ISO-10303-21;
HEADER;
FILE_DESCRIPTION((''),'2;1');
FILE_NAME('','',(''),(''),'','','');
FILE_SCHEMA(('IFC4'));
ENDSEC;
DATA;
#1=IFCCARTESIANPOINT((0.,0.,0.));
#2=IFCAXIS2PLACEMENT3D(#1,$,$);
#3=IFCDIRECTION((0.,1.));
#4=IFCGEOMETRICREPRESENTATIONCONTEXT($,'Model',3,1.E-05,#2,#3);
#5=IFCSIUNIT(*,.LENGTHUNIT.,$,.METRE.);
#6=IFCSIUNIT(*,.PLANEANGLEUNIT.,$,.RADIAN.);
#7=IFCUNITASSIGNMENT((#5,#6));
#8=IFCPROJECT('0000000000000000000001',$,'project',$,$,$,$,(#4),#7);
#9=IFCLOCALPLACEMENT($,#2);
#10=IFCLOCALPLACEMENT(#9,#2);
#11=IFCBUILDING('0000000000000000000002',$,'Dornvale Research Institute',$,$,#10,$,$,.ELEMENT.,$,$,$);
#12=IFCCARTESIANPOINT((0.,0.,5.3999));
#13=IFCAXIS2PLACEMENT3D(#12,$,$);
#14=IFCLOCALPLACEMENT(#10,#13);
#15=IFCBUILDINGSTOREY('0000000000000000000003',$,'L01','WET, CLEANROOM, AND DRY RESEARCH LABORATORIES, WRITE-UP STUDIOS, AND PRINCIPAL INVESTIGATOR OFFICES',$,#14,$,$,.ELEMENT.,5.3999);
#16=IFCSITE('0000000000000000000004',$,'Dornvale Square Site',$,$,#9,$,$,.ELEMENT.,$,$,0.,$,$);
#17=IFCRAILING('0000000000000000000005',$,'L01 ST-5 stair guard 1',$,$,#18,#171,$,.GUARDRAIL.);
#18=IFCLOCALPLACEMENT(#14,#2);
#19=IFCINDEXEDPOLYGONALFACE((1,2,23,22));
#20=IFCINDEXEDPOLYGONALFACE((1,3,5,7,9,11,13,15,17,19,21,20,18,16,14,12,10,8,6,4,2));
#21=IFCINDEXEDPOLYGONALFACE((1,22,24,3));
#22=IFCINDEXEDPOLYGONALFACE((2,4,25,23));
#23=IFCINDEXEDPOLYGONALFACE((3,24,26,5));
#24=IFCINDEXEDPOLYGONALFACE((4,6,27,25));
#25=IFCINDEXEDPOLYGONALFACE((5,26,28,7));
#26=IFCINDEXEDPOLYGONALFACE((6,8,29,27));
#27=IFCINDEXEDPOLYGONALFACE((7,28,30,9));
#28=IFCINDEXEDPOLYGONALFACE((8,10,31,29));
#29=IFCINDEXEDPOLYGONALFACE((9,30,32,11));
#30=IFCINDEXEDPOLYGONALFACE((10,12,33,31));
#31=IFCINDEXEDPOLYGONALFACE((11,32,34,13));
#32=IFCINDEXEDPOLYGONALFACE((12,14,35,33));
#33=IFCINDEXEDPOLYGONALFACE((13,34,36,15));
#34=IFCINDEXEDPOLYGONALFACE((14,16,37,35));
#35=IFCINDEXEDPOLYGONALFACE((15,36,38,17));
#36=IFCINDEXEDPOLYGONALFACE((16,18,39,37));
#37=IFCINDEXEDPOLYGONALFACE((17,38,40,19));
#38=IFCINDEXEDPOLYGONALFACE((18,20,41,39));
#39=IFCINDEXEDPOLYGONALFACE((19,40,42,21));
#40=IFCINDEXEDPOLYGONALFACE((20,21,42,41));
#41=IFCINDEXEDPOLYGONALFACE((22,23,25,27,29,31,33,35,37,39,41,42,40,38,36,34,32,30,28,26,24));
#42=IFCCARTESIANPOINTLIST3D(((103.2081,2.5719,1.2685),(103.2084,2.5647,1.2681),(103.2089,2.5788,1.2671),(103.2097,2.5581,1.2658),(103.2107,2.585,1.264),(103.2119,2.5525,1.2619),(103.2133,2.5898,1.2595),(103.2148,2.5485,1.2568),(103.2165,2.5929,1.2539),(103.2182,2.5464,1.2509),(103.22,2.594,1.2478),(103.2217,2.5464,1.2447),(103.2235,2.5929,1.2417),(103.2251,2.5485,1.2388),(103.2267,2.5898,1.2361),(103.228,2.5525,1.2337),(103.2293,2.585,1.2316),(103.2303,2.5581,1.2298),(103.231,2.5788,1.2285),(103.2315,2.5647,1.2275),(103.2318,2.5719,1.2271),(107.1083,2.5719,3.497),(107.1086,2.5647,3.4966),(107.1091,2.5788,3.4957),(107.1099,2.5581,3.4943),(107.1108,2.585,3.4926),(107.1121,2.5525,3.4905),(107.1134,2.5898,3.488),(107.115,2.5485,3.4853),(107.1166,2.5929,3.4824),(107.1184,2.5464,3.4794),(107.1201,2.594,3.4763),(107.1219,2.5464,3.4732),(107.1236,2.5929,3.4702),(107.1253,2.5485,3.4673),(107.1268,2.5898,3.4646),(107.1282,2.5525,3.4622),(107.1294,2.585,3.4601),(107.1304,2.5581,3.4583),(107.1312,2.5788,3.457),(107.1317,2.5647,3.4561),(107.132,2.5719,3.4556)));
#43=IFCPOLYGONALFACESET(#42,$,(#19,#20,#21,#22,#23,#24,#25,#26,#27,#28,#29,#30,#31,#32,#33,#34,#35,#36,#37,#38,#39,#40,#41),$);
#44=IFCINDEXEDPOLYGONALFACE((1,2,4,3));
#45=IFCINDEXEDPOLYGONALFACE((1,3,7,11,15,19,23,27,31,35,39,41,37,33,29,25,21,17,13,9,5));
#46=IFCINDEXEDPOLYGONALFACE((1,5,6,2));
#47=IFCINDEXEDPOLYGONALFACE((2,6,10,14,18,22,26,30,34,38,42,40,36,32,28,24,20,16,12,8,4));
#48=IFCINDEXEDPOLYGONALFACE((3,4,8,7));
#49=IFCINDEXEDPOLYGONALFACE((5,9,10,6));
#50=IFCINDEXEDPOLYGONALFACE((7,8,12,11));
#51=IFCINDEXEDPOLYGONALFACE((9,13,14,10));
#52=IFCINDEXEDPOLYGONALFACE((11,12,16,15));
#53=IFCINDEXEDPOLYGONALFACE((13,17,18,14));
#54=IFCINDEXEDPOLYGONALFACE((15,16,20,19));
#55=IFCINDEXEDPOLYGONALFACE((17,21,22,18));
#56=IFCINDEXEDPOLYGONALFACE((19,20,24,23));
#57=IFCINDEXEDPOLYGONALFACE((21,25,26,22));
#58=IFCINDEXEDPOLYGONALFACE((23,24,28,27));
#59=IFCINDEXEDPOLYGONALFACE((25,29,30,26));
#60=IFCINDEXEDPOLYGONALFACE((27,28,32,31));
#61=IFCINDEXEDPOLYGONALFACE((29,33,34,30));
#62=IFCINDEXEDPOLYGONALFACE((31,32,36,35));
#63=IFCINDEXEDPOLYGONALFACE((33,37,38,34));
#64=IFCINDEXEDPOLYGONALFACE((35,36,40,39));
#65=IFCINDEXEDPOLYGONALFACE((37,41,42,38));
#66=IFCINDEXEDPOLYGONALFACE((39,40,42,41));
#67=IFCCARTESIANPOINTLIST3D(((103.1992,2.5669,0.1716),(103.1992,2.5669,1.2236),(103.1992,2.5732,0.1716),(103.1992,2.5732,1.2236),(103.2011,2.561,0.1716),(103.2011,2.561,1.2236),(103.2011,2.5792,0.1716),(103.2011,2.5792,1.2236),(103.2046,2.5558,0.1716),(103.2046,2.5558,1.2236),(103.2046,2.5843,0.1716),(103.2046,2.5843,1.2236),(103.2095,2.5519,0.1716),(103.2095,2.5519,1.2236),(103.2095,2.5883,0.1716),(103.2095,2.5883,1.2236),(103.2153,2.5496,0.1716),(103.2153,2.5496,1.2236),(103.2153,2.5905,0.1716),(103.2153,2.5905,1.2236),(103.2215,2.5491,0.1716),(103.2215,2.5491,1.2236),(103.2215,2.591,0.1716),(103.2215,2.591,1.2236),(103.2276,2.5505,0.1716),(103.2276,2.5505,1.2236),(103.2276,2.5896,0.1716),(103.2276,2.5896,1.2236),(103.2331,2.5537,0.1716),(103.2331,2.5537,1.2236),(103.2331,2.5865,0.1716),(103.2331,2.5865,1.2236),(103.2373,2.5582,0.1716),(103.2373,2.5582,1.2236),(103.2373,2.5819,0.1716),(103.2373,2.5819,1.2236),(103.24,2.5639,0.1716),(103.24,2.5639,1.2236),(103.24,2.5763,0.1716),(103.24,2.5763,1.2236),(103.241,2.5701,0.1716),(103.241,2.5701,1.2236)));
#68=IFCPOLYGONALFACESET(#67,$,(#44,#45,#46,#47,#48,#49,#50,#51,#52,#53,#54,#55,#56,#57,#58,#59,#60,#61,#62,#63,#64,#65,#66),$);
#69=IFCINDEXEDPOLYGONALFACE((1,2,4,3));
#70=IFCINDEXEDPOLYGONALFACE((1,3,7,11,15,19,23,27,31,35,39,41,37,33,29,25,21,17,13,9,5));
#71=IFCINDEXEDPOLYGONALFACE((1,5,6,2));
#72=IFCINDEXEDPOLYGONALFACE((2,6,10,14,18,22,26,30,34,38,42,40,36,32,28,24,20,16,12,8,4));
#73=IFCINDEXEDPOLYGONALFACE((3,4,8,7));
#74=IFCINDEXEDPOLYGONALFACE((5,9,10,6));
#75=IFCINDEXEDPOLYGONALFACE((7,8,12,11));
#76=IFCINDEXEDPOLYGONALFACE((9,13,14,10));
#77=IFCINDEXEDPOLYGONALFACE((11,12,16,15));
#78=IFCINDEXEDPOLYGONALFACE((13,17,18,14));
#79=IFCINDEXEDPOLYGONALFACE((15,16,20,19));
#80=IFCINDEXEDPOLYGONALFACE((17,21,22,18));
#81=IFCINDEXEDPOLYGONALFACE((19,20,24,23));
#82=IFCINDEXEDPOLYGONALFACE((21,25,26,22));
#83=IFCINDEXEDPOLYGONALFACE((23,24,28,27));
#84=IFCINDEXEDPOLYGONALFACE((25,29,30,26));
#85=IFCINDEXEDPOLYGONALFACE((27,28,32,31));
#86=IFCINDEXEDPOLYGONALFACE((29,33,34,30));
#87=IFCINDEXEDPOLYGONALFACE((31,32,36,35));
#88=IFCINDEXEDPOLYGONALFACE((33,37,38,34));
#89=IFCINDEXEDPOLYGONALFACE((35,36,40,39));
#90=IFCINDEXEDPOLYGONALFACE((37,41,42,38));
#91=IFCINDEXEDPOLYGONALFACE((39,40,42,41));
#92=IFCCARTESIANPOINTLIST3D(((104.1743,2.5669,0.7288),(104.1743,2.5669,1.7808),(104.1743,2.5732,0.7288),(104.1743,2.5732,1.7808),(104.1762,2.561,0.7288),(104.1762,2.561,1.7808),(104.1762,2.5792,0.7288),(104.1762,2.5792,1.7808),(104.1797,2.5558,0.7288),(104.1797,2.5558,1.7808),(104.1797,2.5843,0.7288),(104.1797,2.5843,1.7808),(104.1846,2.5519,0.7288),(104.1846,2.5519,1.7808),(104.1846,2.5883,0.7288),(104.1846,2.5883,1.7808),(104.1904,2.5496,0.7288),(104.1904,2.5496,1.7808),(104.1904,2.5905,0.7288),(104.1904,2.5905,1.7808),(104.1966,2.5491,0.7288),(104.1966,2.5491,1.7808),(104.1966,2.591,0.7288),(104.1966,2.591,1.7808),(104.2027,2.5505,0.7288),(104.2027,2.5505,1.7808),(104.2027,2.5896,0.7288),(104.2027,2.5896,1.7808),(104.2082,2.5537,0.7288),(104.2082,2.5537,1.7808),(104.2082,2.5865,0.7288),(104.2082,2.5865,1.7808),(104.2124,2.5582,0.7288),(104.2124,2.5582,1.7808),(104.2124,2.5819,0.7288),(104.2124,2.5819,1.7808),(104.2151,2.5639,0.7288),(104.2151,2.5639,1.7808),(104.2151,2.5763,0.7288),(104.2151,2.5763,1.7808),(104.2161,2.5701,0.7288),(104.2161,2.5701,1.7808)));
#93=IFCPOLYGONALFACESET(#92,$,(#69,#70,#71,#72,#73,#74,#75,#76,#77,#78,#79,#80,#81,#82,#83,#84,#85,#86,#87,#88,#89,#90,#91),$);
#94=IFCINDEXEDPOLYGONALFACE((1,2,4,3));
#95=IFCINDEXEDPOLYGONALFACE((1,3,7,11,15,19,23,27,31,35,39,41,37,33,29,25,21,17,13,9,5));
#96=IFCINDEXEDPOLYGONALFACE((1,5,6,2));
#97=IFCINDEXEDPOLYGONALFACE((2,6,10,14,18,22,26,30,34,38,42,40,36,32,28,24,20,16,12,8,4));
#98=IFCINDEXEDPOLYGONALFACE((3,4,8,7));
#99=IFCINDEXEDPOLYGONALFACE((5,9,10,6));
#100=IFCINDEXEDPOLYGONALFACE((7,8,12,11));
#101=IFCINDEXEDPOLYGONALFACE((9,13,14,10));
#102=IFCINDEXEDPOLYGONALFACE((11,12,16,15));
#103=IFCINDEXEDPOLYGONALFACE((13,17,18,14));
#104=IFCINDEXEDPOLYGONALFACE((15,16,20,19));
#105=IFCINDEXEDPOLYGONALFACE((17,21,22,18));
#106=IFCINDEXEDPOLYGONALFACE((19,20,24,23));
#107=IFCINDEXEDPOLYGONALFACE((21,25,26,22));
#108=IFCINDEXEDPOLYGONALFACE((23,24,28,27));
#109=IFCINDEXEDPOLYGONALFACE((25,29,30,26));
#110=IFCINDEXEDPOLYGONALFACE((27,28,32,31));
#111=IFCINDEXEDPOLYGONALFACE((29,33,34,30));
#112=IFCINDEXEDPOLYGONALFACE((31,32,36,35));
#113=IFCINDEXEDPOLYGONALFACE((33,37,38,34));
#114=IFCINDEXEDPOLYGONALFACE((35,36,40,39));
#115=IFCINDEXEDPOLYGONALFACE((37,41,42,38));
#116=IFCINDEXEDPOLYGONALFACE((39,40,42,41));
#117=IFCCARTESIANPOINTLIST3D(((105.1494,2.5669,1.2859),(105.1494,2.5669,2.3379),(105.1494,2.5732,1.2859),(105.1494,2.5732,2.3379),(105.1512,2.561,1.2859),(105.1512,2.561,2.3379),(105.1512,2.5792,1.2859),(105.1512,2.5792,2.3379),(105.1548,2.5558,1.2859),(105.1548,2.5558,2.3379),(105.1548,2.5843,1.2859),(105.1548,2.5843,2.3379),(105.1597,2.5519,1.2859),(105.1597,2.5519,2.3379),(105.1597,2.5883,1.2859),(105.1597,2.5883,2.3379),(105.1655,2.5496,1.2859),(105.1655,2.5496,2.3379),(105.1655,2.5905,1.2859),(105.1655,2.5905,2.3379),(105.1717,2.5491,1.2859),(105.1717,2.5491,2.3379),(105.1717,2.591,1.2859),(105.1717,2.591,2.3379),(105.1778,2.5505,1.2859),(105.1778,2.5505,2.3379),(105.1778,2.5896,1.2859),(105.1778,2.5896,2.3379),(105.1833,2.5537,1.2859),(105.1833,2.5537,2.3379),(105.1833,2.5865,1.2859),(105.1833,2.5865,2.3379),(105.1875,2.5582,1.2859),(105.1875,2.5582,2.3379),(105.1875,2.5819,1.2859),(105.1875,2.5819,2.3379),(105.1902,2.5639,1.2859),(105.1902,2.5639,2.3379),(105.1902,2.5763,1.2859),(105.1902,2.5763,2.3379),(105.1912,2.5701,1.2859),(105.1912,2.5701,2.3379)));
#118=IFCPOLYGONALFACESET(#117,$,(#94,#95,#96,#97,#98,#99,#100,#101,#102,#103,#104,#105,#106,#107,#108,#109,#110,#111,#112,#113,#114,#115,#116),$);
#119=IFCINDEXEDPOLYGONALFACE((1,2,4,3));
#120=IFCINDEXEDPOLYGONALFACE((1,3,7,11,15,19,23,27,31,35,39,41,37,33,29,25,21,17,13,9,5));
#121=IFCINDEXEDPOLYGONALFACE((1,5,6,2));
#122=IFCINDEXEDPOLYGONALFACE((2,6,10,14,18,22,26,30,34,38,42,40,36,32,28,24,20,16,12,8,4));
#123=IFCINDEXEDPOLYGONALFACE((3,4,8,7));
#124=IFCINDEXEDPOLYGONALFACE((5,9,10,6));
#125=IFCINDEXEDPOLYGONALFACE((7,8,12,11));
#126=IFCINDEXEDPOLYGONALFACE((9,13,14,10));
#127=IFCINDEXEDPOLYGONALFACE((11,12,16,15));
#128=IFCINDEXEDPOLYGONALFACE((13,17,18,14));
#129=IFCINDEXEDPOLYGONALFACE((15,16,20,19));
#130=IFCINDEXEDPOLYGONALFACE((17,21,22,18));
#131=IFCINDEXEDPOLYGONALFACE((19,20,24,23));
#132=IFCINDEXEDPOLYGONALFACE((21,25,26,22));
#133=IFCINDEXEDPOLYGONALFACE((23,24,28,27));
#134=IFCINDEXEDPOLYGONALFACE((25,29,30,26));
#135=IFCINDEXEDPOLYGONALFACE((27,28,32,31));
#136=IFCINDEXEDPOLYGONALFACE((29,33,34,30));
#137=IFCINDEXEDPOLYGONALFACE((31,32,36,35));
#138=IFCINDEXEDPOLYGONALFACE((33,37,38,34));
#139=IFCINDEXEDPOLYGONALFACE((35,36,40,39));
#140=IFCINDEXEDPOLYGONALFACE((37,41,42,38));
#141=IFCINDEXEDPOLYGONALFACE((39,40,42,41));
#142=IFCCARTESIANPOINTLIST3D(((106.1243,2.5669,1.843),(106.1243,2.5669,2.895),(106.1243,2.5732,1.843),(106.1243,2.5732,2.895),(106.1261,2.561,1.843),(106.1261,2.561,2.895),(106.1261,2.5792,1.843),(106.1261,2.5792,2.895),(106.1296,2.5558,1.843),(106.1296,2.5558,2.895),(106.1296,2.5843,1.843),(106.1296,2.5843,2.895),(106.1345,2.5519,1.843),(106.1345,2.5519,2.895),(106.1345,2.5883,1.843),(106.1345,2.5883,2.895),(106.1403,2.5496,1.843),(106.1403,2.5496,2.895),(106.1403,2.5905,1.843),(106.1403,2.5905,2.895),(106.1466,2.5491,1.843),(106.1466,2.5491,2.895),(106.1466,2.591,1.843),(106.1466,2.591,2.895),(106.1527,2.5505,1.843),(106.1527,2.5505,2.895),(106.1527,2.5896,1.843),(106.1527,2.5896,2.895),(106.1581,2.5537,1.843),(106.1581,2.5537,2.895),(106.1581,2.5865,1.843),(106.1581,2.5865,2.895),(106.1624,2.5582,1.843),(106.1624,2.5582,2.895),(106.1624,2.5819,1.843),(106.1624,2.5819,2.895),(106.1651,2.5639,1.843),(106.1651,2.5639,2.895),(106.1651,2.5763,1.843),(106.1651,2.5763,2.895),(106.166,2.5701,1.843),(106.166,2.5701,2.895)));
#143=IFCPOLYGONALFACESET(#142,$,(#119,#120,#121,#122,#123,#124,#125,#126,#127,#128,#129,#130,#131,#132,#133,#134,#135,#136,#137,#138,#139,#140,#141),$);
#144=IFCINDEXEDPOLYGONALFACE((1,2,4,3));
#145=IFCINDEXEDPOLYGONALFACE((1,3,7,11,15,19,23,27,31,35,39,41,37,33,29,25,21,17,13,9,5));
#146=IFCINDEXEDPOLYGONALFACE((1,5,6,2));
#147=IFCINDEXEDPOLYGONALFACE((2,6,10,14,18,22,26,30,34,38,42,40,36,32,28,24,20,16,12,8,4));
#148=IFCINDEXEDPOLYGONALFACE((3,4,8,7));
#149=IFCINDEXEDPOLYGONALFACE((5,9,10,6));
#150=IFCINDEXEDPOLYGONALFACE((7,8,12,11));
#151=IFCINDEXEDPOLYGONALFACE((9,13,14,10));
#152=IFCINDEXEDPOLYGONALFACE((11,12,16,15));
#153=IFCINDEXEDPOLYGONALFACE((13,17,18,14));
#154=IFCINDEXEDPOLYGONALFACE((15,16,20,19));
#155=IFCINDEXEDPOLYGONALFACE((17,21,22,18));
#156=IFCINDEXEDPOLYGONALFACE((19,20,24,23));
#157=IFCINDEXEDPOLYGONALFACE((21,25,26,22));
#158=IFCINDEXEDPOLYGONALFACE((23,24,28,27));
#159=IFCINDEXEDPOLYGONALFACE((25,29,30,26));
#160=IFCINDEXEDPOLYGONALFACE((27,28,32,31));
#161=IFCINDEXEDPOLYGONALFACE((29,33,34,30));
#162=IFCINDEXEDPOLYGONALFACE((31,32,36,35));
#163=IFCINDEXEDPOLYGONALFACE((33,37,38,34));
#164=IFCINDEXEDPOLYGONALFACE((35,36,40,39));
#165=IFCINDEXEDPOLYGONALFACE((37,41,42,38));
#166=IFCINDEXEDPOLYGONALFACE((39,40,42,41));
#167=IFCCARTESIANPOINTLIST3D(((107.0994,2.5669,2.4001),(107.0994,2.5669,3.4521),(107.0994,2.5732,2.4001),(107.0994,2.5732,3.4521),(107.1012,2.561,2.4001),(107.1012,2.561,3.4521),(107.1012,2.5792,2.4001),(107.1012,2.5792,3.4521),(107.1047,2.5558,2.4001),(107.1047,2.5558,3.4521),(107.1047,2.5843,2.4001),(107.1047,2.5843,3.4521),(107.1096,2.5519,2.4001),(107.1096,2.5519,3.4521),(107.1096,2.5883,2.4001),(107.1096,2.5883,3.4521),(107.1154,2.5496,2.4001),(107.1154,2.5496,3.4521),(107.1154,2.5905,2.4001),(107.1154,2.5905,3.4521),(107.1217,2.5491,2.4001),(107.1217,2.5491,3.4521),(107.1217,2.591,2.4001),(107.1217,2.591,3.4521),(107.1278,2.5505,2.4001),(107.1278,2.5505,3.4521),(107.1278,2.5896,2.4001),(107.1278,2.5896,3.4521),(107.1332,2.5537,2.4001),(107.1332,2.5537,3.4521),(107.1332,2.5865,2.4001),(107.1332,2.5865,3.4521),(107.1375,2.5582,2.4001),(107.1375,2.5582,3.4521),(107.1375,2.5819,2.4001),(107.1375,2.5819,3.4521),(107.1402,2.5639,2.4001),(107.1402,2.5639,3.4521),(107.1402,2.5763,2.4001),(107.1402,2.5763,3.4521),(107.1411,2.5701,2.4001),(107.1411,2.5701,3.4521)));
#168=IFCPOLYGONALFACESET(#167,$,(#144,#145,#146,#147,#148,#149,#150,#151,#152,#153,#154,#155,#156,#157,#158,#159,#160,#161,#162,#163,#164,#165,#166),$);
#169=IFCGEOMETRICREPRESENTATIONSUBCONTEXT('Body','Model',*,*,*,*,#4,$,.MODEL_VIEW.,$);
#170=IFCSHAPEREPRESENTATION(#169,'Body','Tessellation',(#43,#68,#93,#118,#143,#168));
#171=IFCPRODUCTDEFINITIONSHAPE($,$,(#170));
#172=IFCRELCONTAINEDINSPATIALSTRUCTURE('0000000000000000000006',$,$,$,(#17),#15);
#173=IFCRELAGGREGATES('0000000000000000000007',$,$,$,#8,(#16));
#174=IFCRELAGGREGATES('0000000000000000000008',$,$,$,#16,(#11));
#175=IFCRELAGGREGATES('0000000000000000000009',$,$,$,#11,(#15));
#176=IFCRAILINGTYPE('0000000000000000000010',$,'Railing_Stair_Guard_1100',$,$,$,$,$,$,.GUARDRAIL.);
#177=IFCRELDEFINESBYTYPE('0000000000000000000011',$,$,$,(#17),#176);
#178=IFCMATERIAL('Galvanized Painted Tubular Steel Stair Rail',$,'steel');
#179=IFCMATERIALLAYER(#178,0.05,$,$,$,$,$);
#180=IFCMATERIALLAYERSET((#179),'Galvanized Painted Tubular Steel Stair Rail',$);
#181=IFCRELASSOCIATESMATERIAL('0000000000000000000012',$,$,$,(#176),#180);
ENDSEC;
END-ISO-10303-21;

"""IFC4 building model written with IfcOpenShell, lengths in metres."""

from ifc_helpers import new_model, si_unit, direction, frame, origin, origin_2d, place, context, subcontext, project, spatial, circle, extrude, material, layer, layer_set, type_object, element, save


model = new_model("IFC4")

# Units and contexts
model_context = context("Model", 3, precision=1e-05, world=origin(), true_north=direction((0.0, 1.0)))
body_context = subcontext(model_context, "Body", "Model", "MODEL_VIEW")
ifc_project = project(units=[si_unit("LENGTHUNIT", "METRE"), si_unit("PLANEANGLEUNIT", "RADIAN")], contexts=[model_context])

# Site, building, storey
site_placement = place(None, origin())
site = spatial("IfcSite", under=ifc_project, at=site_placement, Name="Dornvale Square Site", CompositionType="ELEMENT", RefElevation=0.0)
building_placement = place(site_placement, origin())
building = spatial("IfcBuilding", under=site, at=building_placement, Name="Dornvale Research Institute", CompositionType="ELEMENT")
storey_placement = place(building_placement, frame((0.0, 0.0, 5.3999)))
storey = spatial("IfcBuildingStorey", under=building, at=storey_placement, Name="L01", Description="WET, CLEANROOM, AND DRY RESEARCH LABORATORIES, WRITE-UP STUDIOS, AND PRINCIPAL INVESTIGATOR OFFICES", CompositionType="ELEMENT", Elevation=5.3999)

# Railing
ifc_material_1 = material(Name="Galvanized Painted Tubular Steel Stair Rail", Category="steel")
ifc_layer_1 = layer(ifc_material_1, 0.05)
ifc_layer_set_1 = layer_set([ifc_layer_1], Name="Galvanized Painted Tubular Steel Stair Rail")
railing_type_1 = type_object("IfcRailingType", Name="Railing_Stair_Guard_1100", PredefinedType="GUARDRAIL", material=ifc_layer_set_1)
railing_1_placement = place(storey_placement, frame((103.22, 2.5701, 0.1716)))
element("IfcRailing", 1, at=railing_1_placement, inside=storey, type_object=railing_type_1, Name="L01 ST-5 stair guard 1", PredefinedType="GUARDRAIL", context=body_context, shape_type="SweptSolid", body=[
    extrude(circle(Radius=0.0239, at=origin_2d()), frame((0.0, 0.0, 1.0762), z_axis=(0.868257, 0.0, 0.496116), x_axis=(0.0, 1.0, 0.0)), (0.0, 0.0, 1.0), 4.4919),
    extrude(circle(Radius=0.021, at=origin_2d()), origin(), (0.0, 0.0, 1.0), 1.052),
    extrude(circle(Radius=0.021, at=origin_2d()), frame((0.9751, 0.0, 0.5571)), (0.0, 0.0, 1.0), 1.052),
    extrude(circle(Radius=0.021, at=origin_2d()), frame((1.9502, 0.0, 1.1143)), (0.0, 0.0, 1.0), 1.052),
    extrude(circle(Radius=0.021, at=origin_2d()), frame((2.925, 0.0, 1.6714)), (0.0, 0.0, 1.0), 1.052),
    extrude(circle(Radius=0.021, at=origin_2d()), frame((3.9001, 0.0, 2.2285)), (0.0, 0.0, 1.0), 1.052),
])

save(model, "model.ifc")
